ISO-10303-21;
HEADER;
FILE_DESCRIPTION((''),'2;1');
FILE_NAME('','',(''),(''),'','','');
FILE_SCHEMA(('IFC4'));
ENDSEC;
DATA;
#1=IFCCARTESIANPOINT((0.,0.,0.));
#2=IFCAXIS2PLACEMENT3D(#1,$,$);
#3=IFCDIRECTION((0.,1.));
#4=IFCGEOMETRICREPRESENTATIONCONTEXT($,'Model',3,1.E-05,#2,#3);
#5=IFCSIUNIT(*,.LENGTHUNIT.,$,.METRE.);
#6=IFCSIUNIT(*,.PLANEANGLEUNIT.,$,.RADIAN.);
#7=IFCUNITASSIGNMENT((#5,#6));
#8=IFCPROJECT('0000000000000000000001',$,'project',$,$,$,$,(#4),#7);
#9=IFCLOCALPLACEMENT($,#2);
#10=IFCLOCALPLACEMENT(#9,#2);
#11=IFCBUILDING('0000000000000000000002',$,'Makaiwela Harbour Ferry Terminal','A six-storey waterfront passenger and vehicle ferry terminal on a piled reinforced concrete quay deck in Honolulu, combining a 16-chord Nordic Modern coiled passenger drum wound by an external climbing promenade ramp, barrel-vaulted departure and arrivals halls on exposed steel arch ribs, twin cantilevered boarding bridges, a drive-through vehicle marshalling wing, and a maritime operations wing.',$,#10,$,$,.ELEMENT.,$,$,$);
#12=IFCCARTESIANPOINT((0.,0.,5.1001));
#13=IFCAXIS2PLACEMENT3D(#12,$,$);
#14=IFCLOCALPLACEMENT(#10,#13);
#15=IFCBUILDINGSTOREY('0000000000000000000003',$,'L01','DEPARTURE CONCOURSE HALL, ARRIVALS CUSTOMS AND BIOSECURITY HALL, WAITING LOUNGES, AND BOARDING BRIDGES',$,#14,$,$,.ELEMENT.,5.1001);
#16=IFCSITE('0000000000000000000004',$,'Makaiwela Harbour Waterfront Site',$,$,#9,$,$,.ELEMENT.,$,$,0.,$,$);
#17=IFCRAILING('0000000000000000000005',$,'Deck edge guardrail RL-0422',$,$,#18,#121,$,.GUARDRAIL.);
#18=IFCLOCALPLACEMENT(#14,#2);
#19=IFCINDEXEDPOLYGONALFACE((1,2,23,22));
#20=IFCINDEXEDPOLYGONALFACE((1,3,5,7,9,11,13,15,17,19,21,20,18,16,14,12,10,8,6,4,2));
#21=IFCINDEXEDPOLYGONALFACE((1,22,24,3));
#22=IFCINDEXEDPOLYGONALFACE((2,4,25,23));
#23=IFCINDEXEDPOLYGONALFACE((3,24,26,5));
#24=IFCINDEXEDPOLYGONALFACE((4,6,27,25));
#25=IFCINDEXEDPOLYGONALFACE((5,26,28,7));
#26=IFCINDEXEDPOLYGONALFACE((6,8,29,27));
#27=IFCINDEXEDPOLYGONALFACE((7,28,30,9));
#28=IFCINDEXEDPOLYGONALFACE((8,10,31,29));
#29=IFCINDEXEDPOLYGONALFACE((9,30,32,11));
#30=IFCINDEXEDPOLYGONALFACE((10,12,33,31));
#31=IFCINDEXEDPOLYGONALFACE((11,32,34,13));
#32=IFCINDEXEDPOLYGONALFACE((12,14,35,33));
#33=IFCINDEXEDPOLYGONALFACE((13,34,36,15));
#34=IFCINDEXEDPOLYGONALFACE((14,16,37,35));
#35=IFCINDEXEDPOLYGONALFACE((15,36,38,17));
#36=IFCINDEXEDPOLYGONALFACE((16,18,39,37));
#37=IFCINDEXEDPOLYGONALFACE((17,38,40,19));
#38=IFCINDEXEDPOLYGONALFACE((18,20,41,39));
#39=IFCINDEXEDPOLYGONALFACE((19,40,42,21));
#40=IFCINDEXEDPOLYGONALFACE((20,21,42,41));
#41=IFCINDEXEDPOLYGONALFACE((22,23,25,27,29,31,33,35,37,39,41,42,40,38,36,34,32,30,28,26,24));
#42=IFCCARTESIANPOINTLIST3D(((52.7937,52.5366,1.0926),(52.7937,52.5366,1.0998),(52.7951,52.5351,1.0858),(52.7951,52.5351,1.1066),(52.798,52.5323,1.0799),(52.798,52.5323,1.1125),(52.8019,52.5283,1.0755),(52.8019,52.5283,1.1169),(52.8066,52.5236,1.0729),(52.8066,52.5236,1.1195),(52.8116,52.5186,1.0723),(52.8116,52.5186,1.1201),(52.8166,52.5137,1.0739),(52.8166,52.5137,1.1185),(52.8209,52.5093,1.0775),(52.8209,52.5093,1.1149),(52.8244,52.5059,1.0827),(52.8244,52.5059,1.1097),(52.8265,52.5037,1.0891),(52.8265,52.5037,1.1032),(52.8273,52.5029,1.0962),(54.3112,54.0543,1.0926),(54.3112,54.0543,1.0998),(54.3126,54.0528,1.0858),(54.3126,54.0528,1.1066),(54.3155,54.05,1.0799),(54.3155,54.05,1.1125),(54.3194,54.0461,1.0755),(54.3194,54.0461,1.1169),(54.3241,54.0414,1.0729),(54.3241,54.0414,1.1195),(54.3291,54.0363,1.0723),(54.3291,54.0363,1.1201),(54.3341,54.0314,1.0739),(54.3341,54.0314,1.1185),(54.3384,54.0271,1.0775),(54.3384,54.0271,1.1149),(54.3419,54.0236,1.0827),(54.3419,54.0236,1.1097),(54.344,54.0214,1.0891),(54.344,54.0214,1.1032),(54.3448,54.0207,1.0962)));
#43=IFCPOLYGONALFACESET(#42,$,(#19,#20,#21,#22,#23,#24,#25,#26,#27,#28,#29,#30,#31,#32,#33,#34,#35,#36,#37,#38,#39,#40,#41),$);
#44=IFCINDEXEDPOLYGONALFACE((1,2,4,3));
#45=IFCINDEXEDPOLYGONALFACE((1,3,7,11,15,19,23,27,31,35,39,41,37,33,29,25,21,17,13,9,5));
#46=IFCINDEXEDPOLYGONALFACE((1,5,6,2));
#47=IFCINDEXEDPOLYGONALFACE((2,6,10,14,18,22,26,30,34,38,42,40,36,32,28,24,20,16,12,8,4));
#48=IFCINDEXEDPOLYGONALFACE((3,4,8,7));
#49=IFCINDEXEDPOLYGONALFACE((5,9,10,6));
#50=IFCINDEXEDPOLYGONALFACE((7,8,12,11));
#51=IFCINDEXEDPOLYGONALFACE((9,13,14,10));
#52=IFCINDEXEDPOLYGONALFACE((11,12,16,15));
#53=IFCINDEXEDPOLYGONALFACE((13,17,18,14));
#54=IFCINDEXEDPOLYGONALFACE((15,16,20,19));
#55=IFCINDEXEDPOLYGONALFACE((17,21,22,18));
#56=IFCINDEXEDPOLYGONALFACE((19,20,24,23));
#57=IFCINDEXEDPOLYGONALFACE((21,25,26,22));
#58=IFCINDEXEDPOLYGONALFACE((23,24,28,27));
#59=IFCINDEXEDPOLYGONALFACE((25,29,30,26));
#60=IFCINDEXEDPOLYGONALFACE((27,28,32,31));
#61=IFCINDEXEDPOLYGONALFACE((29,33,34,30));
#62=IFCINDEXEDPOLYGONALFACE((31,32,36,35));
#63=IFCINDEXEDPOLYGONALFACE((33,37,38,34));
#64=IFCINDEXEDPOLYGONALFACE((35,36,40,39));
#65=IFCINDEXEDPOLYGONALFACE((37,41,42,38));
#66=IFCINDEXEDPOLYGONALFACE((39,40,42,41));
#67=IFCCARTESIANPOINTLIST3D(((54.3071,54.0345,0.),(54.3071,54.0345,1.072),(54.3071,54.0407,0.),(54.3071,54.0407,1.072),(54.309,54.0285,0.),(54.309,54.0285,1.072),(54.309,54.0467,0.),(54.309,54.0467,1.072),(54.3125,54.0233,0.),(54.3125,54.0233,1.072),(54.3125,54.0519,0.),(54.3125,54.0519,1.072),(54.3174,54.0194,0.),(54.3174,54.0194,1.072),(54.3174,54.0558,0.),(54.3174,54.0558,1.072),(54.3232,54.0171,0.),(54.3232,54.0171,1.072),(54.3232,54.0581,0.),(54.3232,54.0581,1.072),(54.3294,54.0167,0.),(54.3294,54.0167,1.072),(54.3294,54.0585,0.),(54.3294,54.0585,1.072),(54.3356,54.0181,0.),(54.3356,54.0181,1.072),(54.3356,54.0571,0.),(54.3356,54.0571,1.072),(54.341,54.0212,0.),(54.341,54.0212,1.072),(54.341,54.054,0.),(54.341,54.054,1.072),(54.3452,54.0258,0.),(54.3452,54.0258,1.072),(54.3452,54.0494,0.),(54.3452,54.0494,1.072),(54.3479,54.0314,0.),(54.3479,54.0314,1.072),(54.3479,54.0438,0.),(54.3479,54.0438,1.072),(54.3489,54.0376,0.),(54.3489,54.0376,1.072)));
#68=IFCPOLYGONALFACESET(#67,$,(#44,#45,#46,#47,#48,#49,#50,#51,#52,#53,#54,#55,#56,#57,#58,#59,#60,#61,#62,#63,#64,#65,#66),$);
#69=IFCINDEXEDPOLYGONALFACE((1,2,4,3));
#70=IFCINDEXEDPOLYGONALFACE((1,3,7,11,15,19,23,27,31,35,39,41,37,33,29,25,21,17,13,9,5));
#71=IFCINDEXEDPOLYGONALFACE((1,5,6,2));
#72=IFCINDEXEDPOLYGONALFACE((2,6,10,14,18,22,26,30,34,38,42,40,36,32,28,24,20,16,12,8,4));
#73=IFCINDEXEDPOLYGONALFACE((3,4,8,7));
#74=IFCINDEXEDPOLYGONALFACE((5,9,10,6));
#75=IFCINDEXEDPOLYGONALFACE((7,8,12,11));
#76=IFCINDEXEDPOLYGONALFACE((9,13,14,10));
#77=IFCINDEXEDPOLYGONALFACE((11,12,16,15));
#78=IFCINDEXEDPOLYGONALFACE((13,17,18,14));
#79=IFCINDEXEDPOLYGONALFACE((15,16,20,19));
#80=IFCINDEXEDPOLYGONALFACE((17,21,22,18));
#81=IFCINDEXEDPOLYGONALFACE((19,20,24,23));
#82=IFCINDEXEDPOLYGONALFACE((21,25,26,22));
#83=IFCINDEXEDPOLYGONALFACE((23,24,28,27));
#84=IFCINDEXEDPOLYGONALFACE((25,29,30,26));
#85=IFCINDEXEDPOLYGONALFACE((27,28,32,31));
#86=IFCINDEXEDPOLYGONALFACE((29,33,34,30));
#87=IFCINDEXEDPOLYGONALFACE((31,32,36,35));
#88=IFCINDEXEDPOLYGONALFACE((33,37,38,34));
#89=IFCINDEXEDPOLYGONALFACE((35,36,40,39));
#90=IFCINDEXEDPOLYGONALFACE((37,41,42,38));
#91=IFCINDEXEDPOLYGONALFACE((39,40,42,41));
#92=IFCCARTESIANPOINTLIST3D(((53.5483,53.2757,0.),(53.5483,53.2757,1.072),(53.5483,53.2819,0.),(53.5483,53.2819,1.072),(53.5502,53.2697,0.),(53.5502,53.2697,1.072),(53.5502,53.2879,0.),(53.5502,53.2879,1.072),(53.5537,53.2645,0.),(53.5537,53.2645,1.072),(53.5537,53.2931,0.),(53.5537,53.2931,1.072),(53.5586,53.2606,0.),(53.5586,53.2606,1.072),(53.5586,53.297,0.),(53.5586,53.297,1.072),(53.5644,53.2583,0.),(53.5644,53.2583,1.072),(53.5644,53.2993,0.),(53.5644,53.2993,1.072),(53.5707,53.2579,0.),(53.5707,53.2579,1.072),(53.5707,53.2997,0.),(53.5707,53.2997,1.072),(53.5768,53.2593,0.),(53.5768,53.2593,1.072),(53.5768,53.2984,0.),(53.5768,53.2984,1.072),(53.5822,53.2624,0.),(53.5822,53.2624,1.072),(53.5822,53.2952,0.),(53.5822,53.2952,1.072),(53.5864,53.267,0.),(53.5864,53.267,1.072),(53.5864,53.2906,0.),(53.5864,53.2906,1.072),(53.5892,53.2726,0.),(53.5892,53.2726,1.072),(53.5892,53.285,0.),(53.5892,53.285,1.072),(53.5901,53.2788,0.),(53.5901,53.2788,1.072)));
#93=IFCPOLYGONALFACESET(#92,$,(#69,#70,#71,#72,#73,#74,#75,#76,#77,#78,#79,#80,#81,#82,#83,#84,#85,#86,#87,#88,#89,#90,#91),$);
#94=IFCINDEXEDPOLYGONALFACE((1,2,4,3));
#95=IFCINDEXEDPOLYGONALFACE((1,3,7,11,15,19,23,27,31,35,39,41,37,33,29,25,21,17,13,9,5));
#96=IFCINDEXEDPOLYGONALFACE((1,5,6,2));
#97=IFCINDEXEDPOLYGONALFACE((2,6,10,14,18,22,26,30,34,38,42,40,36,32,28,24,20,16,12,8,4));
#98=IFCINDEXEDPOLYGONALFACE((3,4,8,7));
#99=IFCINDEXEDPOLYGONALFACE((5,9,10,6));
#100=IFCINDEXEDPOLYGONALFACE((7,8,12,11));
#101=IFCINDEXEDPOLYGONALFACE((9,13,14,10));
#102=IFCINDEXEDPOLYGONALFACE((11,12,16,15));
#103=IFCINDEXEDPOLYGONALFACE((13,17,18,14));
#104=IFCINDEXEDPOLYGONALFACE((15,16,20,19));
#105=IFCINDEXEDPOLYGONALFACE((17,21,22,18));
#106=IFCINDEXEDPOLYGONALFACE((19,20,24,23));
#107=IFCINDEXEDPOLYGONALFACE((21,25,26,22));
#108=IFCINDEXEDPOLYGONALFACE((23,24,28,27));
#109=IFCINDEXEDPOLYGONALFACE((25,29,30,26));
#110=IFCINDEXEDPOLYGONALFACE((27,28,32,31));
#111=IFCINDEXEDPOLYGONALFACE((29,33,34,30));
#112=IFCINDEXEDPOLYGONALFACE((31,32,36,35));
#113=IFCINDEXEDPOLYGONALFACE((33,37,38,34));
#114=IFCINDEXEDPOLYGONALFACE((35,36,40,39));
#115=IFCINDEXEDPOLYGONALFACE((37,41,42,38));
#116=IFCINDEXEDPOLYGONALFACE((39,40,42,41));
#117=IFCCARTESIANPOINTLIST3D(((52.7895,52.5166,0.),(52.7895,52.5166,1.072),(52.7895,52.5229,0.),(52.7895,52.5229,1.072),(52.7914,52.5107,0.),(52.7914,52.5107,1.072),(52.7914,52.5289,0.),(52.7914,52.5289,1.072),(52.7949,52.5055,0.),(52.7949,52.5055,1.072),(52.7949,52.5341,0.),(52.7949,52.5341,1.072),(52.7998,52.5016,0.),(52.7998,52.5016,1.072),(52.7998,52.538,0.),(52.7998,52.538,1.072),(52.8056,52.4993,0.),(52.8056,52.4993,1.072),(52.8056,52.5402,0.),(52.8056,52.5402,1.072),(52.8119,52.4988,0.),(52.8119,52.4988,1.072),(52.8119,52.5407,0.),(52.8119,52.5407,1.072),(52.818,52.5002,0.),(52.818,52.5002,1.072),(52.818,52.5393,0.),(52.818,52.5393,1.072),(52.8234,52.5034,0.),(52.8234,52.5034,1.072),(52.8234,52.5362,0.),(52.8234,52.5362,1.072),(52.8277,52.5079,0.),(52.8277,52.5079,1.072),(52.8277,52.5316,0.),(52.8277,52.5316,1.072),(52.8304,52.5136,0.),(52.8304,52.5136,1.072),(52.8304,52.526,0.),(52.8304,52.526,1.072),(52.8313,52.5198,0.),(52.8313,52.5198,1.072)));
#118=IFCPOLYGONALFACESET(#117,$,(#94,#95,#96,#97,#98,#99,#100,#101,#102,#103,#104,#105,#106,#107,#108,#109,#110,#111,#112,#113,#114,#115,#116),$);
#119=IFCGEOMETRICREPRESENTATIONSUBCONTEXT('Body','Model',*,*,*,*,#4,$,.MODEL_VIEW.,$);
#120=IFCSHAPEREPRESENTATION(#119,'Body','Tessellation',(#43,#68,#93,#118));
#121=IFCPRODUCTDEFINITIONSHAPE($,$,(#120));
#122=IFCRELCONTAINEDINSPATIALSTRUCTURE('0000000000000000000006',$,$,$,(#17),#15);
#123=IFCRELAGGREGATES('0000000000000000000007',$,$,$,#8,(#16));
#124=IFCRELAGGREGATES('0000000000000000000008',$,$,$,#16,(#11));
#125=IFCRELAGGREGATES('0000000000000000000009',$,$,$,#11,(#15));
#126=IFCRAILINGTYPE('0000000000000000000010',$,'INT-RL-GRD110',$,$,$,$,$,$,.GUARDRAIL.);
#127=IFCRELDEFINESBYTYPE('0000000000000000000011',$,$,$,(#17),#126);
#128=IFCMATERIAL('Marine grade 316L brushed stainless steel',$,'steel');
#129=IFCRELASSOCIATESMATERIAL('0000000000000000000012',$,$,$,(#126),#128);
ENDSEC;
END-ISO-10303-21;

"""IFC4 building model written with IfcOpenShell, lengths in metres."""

from ifc_helpers import new_model, si_unit, direction, frame, origin, origin_2d, place, context, subcontext, project, spatial, circle, extrude, material, type_object, element, save


model = new_model("IFC4")

# Units and contexts
model_context = context("Model", 3, precision=1e-05, world=origin(), true_north=direction((0.0, 1.0)))
body_context = subcontext(model_context, "Body", "Model", "MODEL_VIEW")
ifc_project = project(units=[si_unit("LENGTHUNIT", "METRE"), si_unit("PLANEANGLEUNIT", "RADIAN")], contexts=[model_context])

# Site, building, storey
site_placement = place(None, origin())
site = spatial("IfcSite", under=ifc_project, at=site_placement, Name="Makaiwela Harbour Waterfront Site", CompositionType="ELEMENT", RefElevation=0.0)
building_placement = place(site_placement, origin())
building = spatial("IfcBuilding", under=site, at=building_placement, Name="Makaiwela Harbour Ferry Terminal", Description="A six-storey waterfront passenger and vehicle ferry terminal on a piled reinforced concrete quay deck in Honolulu, combining a 16-chord Nordic Modern coiled passenger drum wound by an external climbing promenade ramp, barrel-vaulted departure and arrivals halls on exposed steel arch ribs, twin cantilevered boarding bridges, a drive-through vehicle marshalling wing, and a maritime operations wing.", CompositionType="ELEMENT")
storey_placement = place(building_placement, frame((0.0, 0.0, 5.1001)))
storey = spatial("IfcBuildingStorey", under=building, at=storey_placement, Name="L01", Description="DEPARTURE CONCOURSE HALL, ARRIVALS CUSTOMS AND BIOSECURITY HALL, WAITING LOUNGES, AND BOARDING BRIDGES", CompositionType="ELEMENT", Elevation=5.1001)

# Railing
ifc_material_1 = material(Name="Marine grade 316L brushed stainless steel", Category="steel")
railing_type = type_object("IfcRailingType", Name="INT-RL-GRD110", PredefinedType="GUARDRAIL", material=ifc_material_1)
railing_placement = place(storey_placement, frame((54.3279, 54.0376, 0.0)))
element("IfcRailing", 1, at=railing_placement, inside=storey, type_object=railing_type, Name="Deck edge guardrail RL-0422", PredefinedType="GUARDRAIL", context=body_context, shape_type="SweptSolid", body=[
    extrude(circle(Radius=0.0239, at=origin_2d()), frame((0.0, 0.0, 1.0962), z_axis=(-0.70705, -0.707164, 0.0), x_axis=(0.707164, -0.70705, 0.0)), (0.0, 0.0, 1.0), 2.1462),
    extrude(circle(Radius=0.021, at=origin_2d()), origin(), (0.0, 0.0, 1.0), 1.072),
    extrude(circle(Radius=0.021, at=origin_2d()), frame((-0.7588, -0.7588, 0.0)), (0.0, 0.0, 1.0), 1.072),
    extrude(circle(Radius=0.021, at=origin_2d()), frame((-1.5176, -1.5178, 0.0)), (0.0, 0.0, 1.0), 1.072),
])

save(model, "model.ifc")
